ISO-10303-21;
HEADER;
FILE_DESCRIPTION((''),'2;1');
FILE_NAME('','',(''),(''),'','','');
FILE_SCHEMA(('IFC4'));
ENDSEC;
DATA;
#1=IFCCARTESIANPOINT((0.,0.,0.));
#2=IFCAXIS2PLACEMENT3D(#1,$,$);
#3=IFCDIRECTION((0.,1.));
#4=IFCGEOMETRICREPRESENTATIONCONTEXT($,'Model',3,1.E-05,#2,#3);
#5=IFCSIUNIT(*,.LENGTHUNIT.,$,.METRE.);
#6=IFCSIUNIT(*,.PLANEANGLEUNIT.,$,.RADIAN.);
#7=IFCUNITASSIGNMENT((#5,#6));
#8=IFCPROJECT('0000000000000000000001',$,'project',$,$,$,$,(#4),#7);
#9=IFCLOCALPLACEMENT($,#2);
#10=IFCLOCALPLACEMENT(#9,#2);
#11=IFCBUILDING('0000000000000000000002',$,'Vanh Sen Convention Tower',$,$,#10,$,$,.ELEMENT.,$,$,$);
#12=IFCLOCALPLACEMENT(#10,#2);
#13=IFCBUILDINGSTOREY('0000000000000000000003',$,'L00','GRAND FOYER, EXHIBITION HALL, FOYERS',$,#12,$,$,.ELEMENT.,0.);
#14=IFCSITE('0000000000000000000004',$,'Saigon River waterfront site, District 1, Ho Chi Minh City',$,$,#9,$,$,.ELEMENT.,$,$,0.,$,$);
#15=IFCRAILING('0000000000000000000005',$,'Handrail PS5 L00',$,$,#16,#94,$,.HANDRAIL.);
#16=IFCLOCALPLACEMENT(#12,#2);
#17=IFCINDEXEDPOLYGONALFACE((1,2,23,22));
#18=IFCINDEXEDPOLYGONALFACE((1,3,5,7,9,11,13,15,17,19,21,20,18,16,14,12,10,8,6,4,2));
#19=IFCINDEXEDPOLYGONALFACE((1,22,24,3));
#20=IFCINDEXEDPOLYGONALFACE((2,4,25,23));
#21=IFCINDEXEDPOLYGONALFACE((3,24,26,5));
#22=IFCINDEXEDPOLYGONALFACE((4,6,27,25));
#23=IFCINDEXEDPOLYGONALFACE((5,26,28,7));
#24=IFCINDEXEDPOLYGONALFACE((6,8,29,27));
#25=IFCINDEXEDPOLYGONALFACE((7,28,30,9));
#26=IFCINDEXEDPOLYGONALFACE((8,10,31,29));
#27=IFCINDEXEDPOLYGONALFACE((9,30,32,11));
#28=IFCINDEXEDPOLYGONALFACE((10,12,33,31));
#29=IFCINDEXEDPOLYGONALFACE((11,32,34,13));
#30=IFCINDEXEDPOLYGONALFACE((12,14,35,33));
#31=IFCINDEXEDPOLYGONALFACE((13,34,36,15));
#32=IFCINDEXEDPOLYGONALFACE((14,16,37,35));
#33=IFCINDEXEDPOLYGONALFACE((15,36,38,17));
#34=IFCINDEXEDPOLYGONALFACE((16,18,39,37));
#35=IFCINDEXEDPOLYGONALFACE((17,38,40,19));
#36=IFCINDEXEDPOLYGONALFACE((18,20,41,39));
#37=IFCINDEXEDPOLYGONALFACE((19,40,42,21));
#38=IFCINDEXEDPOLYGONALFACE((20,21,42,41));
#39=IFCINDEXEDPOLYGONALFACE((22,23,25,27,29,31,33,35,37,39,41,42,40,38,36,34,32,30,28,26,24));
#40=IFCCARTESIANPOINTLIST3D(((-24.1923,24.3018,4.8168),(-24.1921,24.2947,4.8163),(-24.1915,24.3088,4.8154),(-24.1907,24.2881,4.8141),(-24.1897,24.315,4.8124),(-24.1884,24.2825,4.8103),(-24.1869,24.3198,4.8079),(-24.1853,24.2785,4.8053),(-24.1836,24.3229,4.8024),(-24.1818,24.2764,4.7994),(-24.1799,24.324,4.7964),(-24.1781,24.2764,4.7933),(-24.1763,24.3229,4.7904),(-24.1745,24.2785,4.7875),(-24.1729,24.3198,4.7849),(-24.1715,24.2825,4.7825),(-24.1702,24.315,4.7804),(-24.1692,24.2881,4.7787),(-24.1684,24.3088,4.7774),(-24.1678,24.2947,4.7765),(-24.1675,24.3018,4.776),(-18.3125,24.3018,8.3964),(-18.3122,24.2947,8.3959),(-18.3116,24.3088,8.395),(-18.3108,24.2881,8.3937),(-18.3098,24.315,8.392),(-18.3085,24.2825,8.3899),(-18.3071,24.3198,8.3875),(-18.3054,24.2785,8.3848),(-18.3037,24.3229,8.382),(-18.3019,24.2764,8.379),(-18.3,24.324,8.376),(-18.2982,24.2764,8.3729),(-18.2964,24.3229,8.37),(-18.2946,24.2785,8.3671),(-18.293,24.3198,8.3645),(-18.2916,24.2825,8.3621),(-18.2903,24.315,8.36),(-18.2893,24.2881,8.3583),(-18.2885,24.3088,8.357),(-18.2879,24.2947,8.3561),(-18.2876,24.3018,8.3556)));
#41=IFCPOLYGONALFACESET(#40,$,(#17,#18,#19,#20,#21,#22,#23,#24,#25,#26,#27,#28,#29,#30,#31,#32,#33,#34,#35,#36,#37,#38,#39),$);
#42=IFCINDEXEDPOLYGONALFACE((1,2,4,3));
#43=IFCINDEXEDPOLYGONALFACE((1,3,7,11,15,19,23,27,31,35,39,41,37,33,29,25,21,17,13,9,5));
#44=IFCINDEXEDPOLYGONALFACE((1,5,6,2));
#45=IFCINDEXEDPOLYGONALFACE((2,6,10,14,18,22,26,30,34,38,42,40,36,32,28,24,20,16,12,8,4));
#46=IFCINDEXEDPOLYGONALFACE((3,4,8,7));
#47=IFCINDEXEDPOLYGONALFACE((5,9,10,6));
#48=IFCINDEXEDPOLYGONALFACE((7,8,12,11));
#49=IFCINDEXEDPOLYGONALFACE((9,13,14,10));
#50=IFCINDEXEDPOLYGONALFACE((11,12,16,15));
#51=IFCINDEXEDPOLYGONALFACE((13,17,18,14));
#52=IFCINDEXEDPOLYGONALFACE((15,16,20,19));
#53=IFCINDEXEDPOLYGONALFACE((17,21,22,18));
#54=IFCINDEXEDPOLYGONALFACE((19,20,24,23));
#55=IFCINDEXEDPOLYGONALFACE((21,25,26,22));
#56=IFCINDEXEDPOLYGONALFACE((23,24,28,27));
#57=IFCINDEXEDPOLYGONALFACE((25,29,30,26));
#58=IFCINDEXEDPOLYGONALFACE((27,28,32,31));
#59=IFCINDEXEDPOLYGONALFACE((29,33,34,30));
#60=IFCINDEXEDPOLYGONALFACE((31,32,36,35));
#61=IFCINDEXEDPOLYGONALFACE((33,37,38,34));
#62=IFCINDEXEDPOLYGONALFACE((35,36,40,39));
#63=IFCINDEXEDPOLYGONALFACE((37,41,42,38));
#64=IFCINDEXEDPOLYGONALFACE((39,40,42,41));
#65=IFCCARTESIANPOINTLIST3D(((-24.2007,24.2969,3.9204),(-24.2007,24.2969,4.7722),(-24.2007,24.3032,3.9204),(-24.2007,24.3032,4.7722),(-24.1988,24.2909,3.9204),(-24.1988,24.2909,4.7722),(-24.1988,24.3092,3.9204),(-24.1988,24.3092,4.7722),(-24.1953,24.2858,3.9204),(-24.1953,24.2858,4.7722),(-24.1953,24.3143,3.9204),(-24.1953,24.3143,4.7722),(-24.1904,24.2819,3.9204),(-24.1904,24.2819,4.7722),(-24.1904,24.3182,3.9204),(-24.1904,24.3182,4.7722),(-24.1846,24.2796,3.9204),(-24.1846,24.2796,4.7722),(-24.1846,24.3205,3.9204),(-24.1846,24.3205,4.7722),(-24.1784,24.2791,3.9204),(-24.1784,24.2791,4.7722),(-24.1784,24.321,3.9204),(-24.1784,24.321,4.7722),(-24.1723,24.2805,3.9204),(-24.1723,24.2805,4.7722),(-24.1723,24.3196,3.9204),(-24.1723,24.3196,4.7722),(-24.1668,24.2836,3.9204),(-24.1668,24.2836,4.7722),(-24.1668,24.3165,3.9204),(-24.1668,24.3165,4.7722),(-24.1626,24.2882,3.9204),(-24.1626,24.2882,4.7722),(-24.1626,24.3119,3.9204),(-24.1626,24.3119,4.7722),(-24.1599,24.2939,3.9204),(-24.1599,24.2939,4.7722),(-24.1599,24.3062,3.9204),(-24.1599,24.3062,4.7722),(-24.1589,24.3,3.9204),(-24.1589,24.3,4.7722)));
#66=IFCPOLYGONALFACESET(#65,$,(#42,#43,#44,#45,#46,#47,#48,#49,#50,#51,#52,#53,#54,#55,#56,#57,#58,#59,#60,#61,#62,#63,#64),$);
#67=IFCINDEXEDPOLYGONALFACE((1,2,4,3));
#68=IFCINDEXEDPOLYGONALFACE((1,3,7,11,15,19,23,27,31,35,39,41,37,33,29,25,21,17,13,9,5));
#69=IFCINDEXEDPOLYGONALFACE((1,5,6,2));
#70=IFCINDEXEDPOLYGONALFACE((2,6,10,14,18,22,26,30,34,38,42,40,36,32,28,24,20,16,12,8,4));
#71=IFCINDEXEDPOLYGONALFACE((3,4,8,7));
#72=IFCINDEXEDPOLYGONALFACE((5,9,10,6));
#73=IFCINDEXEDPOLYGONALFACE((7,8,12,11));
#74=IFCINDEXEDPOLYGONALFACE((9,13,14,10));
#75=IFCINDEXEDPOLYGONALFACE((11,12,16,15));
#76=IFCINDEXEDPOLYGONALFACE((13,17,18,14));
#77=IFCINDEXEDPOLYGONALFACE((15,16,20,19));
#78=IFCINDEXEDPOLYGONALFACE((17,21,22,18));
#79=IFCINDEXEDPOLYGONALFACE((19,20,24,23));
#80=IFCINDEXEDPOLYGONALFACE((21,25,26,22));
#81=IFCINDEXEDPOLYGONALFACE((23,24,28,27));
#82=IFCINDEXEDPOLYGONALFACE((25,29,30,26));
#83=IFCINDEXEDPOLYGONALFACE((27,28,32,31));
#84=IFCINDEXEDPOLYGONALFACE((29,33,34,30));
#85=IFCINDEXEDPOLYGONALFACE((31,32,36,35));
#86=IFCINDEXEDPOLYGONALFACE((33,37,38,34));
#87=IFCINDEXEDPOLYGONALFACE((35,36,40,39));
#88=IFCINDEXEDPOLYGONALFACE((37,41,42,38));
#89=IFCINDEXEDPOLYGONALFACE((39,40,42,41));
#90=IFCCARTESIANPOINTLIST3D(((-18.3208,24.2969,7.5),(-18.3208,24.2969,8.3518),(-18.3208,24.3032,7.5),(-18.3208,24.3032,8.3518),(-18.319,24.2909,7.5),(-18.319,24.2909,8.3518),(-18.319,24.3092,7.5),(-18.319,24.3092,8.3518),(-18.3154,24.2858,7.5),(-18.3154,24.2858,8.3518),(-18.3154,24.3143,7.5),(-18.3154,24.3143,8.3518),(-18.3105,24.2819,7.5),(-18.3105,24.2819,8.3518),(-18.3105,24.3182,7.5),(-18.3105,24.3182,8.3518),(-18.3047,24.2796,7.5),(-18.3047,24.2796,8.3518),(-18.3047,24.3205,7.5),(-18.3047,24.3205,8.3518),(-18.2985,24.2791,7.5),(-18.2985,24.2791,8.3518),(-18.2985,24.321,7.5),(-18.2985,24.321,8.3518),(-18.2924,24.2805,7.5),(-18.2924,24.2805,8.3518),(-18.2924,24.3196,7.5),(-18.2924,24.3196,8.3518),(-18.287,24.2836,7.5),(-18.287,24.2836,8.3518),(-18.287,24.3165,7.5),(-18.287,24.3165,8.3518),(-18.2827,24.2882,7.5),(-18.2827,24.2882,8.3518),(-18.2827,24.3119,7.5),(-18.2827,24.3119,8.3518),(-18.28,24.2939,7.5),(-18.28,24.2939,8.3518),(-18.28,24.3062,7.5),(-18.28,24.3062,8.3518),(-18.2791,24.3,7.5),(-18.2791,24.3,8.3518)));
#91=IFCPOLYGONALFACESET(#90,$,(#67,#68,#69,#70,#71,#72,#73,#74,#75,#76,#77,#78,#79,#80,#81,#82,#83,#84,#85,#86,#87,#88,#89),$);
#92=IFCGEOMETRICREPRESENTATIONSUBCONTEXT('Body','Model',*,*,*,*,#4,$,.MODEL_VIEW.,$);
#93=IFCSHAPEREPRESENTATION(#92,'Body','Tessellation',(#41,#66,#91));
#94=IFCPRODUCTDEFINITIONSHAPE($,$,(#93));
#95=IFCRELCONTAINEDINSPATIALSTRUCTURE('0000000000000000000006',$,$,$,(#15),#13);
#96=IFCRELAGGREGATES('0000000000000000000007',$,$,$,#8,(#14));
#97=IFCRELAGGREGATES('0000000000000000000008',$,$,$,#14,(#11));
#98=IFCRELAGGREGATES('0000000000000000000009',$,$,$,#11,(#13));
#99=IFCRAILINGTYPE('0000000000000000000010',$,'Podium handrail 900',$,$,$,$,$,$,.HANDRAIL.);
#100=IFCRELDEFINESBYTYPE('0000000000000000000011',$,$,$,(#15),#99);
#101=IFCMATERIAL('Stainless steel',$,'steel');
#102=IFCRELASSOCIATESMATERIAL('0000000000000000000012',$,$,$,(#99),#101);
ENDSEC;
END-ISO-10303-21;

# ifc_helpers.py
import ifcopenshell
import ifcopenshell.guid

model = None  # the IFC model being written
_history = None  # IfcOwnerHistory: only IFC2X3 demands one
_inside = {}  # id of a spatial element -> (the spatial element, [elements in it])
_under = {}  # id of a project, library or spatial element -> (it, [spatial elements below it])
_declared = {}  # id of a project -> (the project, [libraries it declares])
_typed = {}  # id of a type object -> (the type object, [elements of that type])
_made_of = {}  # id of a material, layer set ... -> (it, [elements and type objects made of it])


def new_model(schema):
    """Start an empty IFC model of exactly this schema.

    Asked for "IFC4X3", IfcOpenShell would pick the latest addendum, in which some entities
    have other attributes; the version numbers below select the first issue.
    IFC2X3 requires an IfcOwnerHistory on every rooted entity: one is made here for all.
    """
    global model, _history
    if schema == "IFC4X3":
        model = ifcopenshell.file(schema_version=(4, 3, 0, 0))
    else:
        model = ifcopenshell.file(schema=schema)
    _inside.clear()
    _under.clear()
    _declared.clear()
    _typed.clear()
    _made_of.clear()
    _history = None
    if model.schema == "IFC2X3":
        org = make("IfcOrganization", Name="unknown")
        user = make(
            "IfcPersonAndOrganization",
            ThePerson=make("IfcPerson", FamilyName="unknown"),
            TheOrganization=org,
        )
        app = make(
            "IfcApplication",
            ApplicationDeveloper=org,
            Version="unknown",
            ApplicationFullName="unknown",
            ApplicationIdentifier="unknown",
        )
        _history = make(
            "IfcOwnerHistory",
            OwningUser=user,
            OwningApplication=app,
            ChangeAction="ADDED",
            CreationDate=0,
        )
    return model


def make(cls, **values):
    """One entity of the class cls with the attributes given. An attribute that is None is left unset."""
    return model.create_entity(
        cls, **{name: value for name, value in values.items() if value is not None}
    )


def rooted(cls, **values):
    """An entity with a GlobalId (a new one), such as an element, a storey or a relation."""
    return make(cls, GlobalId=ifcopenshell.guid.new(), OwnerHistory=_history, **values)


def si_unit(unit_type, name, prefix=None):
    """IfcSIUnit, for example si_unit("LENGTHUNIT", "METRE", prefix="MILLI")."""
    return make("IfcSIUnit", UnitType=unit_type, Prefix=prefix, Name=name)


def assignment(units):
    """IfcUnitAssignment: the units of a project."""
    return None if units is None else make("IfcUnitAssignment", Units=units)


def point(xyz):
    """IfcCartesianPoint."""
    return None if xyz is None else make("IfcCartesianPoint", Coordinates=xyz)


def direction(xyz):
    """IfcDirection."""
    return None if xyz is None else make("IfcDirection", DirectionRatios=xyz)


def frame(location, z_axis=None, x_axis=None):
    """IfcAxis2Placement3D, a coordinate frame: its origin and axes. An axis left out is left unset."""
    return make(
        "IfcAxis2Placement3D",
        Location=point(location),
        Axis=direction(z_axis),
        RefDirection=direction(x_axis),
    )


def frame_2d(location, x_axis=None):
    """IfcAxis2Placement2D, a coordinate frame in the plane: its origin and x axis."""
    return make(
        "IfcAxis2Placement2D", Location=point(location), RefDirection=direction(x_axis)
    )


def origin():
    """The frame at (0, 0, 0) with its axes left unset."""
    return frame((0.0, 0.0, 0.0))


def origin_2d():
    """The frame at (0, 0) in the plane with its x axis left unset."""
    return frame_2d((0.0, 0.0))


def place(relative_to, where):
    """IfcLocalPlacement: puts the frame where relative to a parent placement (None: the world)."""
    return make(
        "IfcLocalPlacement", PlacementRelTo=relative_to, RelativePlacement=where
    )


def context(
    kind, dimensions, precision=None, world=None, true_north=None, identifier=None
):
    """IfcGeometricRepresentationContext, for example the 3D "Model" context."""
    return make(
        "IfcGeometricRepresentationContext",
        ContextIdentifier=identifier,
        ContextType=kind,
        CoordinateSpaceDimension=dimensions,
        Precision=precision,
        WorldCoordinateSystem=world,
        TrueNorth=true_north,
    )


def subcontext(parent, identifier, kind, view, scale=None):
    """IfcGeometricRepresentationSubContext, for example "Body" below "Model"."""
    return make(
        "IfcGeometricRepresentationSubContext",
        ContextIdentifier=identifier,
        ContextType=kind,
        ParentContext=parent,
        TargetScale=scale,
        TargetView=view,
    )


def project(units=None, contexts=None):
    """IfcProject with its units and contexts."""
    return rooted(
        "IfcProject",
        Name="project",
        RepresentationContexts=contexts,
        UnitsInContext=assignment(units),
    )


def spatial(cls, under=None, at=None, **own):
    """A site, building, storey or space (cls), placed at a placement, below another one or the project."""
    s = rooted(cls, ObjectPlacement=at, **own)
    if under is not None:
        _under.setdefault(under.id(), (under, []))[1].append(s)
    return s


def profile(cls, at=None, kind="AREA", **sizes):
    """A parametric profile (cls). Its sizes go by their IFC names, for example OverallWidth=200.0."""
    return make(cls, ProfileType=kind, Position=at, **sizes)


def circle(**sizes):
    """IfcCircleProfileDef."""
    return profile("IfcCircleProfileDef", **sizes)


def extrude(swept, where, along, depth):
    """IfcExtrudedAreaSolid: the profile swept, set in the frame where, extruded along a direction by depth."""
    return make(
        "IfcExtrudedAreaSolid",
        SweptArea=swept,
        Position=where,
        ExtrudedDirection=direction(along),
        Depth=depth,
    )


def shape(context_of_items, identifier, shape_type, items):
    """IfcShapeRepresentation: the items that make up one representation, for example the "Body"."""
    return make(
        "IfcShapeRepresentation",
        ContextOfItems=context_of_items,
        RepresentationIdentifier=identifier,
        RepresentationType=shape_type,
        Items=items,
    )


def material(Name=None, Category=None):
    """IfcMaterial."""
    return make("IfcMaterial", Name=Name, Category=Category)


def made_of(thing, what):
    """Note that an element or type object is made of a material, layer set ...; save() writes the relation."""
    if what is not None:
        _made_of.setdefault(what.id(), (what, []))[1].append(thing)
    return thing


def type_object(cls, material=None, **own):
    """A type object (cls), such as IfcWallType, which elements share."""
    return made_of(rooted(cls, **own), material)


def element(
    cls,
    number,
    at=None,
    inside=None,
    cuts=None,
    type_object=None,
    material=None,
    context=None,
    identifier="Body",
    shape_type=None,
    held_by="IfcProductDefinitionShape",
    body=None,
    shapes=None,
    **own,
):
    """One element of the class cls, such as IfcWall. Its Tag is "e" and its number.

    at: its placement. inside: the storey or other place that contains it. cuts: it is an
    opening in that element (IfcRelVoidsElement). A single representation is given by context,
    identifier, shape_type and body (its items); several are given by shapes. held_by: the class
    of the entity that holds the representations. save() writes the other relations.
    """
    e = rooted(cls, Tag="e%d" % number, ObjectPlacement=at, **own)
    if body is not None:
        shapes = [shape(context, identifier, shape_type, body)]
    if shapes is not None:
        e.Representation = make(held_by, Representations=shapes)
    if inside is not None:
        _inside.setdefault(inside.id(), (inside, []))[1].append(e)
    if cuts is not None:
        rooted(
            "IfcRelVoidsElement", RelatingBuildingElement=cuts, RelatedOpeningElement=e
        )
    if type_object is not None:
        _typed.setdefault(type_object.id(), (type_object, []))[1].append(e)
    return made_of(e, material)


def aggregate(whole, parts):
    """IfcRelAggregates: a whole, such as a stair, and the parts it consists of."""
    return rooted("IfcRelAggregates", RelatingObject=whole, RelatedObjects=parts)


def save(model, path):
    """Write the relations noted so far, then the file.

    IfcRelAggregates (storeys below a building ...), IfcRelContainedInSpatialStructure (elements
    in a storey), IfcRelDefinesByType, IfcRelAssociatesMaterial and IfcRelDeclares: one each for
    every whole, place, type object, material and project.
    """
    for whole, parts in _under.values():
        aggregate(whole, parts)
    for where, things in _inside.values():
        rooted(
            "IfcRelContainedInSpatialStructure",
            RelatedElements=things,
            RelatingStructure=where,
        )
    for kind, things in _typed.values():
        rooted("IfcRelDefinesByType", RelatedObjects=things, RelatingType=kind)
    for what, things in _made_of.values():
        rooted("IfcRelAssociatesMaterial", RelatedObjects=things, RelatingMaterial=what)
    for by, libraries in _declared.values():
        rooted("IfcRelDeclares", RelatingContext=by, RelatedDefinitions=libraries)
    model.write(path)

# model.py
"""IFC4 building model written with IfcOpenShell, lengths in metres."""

from ifc_helpers import new_model, si_unit, direction, frame, origin, origin_2d, place, context, subcontext, project, spatial, circle, extrude, material, type_object, element, save


model = new_model("IFC4")

# Units and contexts
model_context = context("Model", 3, precision=1e-05, world=origin(), true_north=direction((0.0, 1.0)))
body_context = subcontext(model_context, "Body", "Model", "MODEL_VIEW")
ifc_project = project(units=[si_unit("LENGTHUNIT", "METRE"), si_unit("PLANEANGLEUNIT", "RADIAN")], contexts=[model_context])

# Site, building, storey
site_placement = place(None, origin())
site = spatial("IfcSite", under=ifc_project, at=site_placement, Name="Saigon River waterfront site, District 1, Ho Chi Minh City", CompositionType="ELEMENT", RefElevation=0.0)
building_placement = place(site_placement, origin())
building = spatial("IfcBuilding", under=site, at=building_placement, Name="Vanh Sen Convention Tower", CompositionType="ELEMENT")
storey_placement = place(building_placement, origin())
storey = spatial("IfcBuildingStorey", under=building, at=storey_placement, Name="L00", Description="GRAND FOYER, EXHIBITION HALL, FOYERS", CompositionType="ELEMENT", Elevation=0.0)

# Railing
ifc_material_1 = material(Name="Stainless steel", Category="steel")
railing_type = type_object("IfcRailingType", Name="Podium handrail 900", PredefinedType="HANDRAIL", material=ifc_material_1)
for number, where, name in (
    (1, (-24.1799, 24.3, 3.9204), "Handrail PS5 L00"),
):
    element("IfcRailing", number, at=place(storey_placement, frame(where)), inside=storey, type_object=railing_type, Name=name, PredefinedType="HANDRAIL", context=body_context, shape_type="SweptSolid", body=[
        extrude(circle(Radius=0.0239, at=origin_2d()), frame((0.0, 0.0, 0.876), z_axis=(0.854164, 0.0, 0.520003), x_axis=(0.0, 1.0, 0.0)), (0.0, 0.0, 1.0), 6.8838),
        extrude(circle(Radius=0.021, at=origin_2d()), origin(), (0.0, 0.0, 1.0), 0.8518),
        extrude(circle(Radius=0.021, at=origin_2d()), frame((5.8799, 0.0, 3.5796)), (0.0, 0.0, 1.0), 0.8518),
    ])

save(model, "model.ifc")
